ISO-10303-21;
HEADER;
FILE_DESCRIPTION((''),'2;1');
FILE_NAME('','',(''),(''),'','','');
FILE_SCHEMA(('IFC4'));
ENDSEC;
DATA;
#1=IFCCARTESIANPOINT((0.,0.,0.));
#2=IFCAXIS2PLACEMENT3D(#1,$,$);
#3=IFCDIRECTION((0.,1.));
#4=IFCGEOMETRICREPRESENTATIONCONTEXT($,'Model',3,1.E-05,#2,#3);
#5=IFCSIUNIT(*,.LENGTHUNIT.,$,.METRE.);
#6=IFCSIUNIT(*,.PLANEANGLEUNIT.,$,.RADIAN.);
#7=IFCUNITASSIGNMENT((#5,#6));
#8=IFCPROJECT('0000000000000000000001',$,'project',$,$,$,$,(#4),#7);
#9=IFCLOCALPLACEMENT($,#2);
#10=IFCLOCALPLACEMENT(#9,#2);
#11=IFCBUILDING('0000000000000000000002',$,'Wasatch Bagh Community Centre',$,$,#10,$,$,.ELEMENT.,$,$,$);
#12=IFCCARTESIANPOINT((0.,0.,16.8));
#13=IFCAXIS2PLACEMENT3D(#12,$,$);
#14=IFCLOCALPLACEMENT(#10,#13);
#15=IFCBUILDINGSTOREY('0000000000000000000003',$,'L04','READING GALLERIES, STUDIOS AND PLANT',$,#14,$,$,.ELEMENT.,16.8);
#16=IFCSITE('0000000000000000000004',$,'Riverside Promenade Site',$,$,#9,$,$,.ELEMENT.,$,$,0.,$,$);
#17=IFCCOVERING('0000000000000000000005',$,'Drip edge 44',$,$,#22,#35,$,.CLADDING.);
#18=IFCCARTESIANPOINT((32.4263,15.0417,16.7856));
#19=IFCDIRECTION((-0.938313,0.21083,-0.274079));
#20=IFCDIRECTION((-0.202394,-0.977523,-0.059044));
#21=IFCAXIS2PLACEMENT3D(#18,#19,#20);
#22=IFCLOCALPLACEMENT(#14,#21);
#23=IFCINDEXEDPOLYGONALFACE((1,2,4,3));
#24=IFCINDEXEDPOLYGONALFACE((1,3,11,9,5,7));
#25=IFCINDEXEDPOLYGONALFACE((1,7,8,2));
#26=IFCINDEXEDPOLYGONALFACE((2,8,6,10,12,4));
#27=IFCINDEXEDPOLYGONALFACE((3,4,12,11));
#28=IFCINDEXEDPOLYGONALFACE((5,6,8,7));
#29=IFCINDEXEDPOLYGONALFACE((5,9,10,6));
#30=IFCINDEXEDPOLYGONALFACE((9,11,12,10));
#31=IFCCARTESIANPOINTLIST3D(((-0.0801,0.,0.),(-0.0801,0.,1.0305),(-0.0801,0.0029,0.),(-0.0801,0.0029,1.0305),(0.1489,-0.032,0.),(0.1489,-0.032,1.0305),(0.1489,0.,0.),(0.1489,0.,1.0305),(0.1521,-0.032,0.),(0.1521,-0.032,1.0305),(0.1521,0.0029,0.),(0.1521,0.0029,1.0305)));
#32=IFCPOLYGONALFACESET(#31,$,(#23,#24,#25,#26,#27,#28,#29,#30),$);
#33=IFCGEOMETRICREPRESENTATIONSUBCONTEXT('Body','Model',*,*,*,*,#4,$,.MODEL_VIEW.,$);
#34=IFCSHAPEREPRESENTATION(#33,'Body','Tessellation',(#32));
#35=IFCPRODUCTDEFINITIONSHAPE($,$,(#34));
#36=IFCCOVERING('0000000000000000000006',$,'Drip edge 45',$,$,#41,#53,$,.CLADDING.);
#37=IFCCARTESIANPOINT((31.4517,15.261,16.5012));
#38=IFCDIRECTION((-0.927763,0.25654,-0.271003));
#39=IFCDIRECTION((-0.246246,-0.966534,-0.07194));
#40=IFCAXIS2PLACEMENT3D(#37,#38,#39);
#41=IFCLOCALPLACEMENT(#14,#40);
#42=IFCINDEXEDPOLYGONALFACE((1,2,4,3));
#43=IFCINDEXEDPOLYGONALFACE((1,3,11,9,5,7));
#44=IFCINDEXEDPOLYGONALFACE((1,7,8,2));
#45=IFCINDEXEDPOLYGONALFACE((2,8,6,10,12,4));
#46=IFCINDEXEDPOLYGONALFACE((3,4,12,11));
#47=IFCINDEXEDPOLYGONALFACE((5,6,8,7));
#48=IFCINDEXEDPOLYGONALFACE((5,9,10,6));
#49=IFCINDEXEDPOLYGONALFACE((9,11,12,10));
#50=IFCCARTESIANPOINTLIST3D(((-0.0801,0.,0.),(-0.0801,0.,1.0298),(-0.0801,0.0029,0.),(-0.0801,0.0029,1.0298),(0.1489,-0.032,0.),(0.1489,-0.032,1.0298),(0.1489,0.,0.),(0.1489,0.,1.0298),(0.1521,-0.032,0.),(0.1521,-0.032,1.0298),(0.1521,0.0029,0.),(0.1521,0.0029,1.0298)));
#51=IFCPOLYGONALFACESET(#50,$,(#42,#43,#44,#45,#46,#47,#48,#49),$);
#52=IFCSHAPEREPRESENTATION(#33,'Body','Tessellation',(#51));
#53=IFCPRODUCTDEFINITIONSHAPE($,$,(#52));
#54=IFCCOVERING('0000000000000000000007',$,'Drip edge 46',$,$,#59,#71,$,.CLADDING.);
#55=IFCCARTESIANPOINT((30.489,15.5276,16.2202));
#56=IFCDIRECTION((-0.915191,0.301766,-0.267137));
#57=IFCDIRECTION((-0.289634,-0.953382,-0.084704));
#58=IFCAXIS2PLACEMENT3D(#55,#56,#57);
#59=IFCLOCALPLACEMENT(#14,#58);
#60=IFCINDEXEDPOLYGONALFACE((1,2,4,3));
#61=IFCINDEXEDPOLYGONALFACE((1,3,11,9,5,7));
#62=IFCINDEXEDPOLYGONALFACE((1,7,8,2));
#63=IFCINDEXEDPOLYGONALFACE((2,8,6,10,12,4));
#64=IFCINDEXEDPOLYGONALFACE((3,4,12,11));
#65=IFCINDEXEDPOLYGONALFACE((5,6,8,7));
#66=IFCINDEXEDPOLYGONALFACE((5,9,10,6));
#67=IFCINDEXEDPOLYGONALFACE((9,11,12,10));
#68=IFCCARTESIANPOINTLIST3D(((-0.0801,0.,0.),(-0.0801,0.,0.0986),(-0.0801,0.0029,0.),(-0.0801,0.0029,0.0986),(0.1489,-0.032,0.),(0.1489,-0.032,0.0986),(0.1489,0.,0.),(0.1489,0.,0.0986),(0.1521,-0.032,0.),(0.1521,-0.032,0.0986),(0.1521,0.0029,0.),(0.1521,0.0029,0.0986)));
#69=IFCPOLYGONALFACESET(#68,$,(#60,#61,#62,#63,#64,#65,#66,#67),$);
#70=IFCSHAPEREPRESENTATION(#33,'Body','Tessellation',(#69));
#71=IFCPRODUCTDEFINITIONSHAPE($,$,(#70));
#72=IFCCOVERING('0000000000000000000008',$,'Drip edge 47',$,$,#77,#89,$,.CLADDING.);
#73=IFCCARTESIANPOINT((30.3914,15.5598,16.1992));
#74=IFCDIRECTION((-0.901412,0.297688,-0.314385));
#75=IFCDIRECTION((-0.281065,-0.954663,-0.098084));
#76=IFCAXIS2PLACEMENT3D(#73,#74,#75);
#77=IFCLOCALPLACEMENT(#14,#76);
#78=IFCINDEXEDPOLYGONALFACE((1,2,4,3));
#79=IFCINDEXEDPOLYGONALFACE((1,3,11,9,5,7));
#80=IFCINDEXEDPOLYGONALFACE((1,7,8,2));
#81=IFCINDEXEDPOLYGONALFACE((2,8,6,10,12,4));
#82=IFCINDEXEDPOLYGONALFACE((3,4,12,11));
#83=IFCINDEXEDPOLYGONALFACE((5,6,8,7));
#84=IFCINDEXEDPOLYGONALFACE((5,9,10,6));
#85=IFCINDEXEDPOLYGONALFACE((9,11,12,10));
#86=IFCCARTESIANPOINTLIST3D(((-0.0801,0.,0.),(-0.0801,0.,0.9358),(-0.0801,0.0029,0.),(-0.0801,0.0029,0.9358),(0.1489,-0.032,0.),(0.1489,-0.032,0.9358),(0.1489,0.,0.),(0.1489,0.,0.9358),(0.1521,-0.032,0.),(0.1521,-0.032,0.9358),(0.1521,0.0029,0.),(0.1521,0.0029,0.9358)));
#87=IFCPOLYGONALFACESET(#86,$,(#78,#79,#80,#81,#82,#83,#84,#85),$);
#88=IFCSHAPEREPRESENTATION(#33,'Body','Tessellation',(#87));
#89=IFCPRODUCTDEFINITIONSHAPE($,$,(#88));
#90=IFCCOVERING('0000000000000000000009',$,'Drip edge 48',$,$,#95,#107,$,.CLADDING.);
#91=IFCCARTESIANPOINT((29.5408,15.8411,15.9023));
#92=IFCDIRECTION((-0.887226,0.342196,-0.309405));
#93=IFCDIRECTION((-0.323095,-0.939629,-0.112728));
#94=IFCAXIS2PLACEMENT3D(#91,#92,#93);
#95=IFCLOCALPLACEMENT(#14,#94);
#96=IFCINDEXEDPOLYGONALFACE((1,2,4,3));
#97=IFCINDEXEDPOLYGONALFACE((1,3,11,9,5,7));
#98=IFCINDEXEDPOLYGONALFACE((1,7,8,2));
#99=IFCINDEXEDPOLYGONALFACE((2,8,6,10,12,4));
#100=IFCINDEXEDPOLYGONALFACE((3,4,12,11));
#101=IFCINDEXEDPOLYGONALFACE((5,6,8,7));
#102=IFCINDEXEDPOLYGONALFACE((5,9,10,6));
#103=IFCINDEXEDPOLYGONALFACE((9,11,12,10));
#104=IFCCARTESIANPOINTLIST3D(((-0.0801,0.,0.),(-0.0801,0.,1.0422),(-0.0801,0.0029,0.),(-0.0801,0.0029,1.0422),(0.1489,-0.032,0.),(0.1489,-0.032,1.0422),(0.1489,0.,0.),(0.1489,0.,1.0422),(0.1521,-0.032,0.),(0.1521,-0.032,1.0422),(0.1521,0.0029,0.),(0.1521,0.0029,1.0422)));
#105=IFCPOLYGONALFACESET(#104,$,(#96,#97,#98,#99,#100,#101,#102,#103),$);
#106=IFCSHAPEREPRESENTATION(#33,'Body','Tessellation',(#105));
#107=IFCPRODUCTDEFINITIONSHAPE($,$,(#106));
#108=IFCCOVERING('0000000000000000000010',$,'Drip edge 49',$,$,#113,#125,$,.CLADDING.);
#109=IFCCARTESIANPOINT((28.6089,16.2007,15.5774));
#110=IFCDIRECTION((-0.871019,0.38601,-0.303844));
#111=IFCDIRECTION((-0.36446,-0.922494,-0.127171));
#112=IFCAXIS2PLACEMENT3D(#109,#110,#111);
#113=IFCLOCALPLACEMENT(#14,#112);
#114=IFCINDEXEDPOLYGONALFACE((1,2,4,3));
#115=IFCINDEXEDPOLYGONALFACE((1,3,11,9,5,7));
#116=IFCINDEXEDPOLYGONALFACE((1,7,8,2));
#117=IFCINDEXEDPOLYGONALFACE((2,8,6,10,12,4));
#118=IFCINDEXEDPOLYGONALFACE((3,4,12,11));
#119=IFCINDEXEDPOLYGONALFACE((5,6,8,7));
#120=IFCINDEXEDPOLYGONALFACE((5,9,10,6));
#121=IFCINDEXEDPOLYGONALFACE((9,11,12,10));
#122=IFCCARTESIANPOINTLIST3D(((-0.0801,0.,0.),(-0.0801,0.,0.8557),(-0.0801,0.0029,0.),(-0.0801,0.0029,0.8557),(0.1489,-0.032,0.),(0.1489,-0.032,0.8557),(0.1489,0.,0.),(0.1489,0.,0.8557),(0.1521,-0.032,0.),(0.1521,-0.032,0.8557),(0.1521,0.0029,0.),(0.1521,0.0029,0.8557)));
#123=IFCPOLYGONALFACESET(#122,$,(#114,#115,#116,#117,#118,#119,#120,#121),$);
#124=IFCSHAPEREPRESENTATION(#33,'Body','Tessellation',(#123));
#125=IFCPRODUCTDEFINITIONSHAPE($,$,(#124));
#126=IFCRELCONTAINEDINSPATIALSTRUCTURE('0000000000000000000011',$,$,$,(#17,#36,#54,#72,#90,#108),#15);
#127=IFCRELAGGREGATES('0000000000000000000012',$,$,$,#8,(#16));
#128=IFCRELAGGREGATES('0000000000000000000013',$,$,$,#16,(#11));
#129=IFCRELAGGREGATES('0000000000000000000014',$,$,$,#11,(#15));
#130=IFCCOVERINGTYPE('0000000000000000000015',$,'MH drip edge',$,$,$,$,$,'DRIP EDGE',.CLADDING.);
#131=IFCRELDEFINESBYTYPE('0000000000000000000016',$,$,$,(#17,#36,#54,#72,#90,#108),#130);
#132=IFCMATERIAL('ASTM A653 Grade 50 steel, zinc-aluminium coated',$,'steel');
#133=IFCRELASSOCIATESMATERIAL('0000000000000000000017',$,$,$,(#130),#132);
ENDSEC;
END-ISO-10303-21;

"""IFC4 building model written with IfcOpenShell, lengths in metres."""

from ifc_helpers import new_model, si_unit, direction, frame, origin, place, context, subcontext, project, spatial, polyline, outline, extrude, material, material_profile, profile_set, type_object, element, save


model = new_model("IFC4")

# Units and contexts
model_context = context("Model", 3, precision=1e-05, world=origin(), true_north=direction((0.0, 1.0)))
body_context = subcontext(model_context, "Body", "Model", "MODEL_VIEW")
ifc_project = project(units=[si_unit("LENGTHUNIT", "METRE"), si_unit("PLANEANGLEUNIT", "RADIAN")], contexts=[model_context])

# Site, building, storey
site_placement = place(None, origin())
site = spatial("IfcSite", under=ifc_project, at=site_placement, Name="Riverside Promenade Site", CompositionType="ELEMENT", RefElevation=0.0)
building_placement = place(site_placement, origin())
building = spatial("IfcBuilding", under=site, at=building_placement, Name="Wasatch Bagh Community Centre", CompositionType="ELEMENT")
storey_placement = place(building_placement, frame((0.0, 0.0, 16.8)))
storey = spatial("IfcBuildingStorey", under=building, at=storey_placement, Name="L04", Description="READING GALLERIES, STUDIOS AND PLANT", CompositionType="ELEMENT", Elevation=16.8)

# Coverings
ifc_material_1 = material(Name="ASTM A653 Grade 50 steel, zinc-aluminium coated", Category="steel")
ifc_material_profile_1 = material_profile(ifc_material_1, outline(polyline([(-0.0801, 0.0029), (0.1521, 0.0029), (0.1521, -0.032), (0.1489, -0.032), (0.1489, 0.0), (-0.0801, 0.0), (-0.0801, 0.0029)])), Name="DRIP EDGE")
ifc_profile_set_1 = profile_set([ifc_material_profile_1], Name="ASTM A653 Grade 50 steel, zinc-aluminium coated")
covering_type_1 = type_object("IfcCoveringType", Name="MH drip edge", ElementType="DRIP EDGE", PredefinedType="CLADDING", material=ifc_profile_set_1)
covering_1_placement = place(storey_placement, frame((32.4263, 15.0417, 16.7856), z_axis=(-0.938313, 0.21083, -0.274079), x_axis=(-0.202394, -0.977523, -0.059044)))
element("IfcCovering", 1, at=covering_1_placement, inside=storey, type_object=covering_type_1, Name="Drip edge 44", PredefinedType="CLADDING", context=body_context, shape_type="SweptSolid", body=[
    extrude(outline(polyline([(-0.0801, 0.0029), (0.1521, 0.0029), (0.1521, -0.032), (0.1489, -0.032), (0.1489, 0.0), (-0.0801, 0.0), (-0.0801, 0.0029)])), origin(), (0.0, 0.0, 1.0), 1.0305),
])
covering_2_placement = place(storey_placement, frame((31.4517, 15.261, 16.5012), z_axis=(-0.927763, 0.25654, -0.271003), x_axis=(-0.246246, -0.966534, -0.07194)))
element("IfcCovering", 2, at=covering_2_placement, inside=storey, type_object=covering_type_1, Name="Drip edge 45", PredefinedType="CLADDING", context=body_context, shape_type="SweptSolid", body=[
    extrude(outline(polyline([(-0.0801, 0.0029), (0.1521, 0.0029), (0.1521, -0.032), (0.1489, -0.032), (0.1489, 0.0), (-0.0801, 0.0), (-0.0801, 0.0029)])), origin(), (0.0, 0.0, 1.0), 1.0298),
])
covering_3_placement = place(storey_placement, frame((30.489, 15.5276, 16.2202), z_axis=(-0.915191, 0.301766, -0.267137), x_axis=(-0.289634, -0.953382, -0.084704)))
element("IfcCovering", 3, at=covering_3_placement, inside=storey, type_object=covering_type_1, Name="Drip edge 46", PredefinedType="CLADDING", context=body_context, shape_type="SweptSolid", body=[
    extrude(outline(polyline([(-0.0801, 0.0029), (0.1521, 0.0029), (0.1521, -0.032), (0.1489, -0.032), (0.1489, 0.0), (-0.0801, 0.0), (-0.0801, 0.0029)])), origin(), (0.0, 0.0, 1.0), 0.0986),
])
covering_4_placement = place(storey_placement, frame((30.3914, 15.5598, 16.1992), z_axis=(-0.901412, 0.297688, -0.314385), x_axis=(-0.281065, -0.954663, -0.098084)))
element("IfcCovering", 4, at=covering_4_placement, inside=storey, type_object=covering_type_1, Name="Drip edge 47", PredefinedType="CLADDING", context=body_context, shape_type="SweptSolid", body=[
    extrude(outline(polyline([(-0.0801, 0.0029), (0.1521, 0.0029), (0.1521, -0.032), (0.1489, -0.032), (0.1489, 0.0), (-0.0801, 0.0), (-0.0801, 0.0029)])), origin(), (0.0, 0.0, 1.0), 0.9358),
])
covering_5_placement = place(storey_placement, frame((29.5408, 15.8411, 15.9023), z_axis=(-0.887226, 0.342196, -0.309405), x_axis=(-0.323095, -0.939629, -0.112728)))
element("IfcCovering", 5, at=covering_5_placement, inside=storey, type_object=covering_type_1, Name="Drip edge 48", PredefinedType="CLADDING", context=body_context, shape_type="SweptSolid", body=[
    extrude(outline(polyline([(-0.0801, 0.0029), (0.1521, 0.0029), (0.1521, -0.032), (0.1489, -0.032), (0.1489, 0.0), (-0.0801, 0.0), (-0.0801, 0.0029)])), origin(), (0.0, 0.0, 1.0), 1.0422),
])
covering_6_placement = place(storey_placement, frame((28.6089, 16.2007, 15.5774), z_axis=(-0.871019, 0.38601, -0.303844), x_axis=(-0.36446, -0.922494, -0.127171)))
element("IfcCovering", 6, at=covering_6_placement, inside=storey, type_object=covering_type_1, Name="Drip edge 49", PredefinedType="CLADDING", context=body_context, shape_type="SweptSolid", body=[
    extrude(outline(polyline([(-0.0801, 0.0029), (0.1521, 0.0029), (0.1521, -0.032), (0.1489, -0.032), (0.1489, 0.0), (-0.0801, 0.0), (-0.0801, 0.0029)])), origin(), (0.0, 0.0, 1.0), 0.8557),
])

save(model, "model.ifc")
